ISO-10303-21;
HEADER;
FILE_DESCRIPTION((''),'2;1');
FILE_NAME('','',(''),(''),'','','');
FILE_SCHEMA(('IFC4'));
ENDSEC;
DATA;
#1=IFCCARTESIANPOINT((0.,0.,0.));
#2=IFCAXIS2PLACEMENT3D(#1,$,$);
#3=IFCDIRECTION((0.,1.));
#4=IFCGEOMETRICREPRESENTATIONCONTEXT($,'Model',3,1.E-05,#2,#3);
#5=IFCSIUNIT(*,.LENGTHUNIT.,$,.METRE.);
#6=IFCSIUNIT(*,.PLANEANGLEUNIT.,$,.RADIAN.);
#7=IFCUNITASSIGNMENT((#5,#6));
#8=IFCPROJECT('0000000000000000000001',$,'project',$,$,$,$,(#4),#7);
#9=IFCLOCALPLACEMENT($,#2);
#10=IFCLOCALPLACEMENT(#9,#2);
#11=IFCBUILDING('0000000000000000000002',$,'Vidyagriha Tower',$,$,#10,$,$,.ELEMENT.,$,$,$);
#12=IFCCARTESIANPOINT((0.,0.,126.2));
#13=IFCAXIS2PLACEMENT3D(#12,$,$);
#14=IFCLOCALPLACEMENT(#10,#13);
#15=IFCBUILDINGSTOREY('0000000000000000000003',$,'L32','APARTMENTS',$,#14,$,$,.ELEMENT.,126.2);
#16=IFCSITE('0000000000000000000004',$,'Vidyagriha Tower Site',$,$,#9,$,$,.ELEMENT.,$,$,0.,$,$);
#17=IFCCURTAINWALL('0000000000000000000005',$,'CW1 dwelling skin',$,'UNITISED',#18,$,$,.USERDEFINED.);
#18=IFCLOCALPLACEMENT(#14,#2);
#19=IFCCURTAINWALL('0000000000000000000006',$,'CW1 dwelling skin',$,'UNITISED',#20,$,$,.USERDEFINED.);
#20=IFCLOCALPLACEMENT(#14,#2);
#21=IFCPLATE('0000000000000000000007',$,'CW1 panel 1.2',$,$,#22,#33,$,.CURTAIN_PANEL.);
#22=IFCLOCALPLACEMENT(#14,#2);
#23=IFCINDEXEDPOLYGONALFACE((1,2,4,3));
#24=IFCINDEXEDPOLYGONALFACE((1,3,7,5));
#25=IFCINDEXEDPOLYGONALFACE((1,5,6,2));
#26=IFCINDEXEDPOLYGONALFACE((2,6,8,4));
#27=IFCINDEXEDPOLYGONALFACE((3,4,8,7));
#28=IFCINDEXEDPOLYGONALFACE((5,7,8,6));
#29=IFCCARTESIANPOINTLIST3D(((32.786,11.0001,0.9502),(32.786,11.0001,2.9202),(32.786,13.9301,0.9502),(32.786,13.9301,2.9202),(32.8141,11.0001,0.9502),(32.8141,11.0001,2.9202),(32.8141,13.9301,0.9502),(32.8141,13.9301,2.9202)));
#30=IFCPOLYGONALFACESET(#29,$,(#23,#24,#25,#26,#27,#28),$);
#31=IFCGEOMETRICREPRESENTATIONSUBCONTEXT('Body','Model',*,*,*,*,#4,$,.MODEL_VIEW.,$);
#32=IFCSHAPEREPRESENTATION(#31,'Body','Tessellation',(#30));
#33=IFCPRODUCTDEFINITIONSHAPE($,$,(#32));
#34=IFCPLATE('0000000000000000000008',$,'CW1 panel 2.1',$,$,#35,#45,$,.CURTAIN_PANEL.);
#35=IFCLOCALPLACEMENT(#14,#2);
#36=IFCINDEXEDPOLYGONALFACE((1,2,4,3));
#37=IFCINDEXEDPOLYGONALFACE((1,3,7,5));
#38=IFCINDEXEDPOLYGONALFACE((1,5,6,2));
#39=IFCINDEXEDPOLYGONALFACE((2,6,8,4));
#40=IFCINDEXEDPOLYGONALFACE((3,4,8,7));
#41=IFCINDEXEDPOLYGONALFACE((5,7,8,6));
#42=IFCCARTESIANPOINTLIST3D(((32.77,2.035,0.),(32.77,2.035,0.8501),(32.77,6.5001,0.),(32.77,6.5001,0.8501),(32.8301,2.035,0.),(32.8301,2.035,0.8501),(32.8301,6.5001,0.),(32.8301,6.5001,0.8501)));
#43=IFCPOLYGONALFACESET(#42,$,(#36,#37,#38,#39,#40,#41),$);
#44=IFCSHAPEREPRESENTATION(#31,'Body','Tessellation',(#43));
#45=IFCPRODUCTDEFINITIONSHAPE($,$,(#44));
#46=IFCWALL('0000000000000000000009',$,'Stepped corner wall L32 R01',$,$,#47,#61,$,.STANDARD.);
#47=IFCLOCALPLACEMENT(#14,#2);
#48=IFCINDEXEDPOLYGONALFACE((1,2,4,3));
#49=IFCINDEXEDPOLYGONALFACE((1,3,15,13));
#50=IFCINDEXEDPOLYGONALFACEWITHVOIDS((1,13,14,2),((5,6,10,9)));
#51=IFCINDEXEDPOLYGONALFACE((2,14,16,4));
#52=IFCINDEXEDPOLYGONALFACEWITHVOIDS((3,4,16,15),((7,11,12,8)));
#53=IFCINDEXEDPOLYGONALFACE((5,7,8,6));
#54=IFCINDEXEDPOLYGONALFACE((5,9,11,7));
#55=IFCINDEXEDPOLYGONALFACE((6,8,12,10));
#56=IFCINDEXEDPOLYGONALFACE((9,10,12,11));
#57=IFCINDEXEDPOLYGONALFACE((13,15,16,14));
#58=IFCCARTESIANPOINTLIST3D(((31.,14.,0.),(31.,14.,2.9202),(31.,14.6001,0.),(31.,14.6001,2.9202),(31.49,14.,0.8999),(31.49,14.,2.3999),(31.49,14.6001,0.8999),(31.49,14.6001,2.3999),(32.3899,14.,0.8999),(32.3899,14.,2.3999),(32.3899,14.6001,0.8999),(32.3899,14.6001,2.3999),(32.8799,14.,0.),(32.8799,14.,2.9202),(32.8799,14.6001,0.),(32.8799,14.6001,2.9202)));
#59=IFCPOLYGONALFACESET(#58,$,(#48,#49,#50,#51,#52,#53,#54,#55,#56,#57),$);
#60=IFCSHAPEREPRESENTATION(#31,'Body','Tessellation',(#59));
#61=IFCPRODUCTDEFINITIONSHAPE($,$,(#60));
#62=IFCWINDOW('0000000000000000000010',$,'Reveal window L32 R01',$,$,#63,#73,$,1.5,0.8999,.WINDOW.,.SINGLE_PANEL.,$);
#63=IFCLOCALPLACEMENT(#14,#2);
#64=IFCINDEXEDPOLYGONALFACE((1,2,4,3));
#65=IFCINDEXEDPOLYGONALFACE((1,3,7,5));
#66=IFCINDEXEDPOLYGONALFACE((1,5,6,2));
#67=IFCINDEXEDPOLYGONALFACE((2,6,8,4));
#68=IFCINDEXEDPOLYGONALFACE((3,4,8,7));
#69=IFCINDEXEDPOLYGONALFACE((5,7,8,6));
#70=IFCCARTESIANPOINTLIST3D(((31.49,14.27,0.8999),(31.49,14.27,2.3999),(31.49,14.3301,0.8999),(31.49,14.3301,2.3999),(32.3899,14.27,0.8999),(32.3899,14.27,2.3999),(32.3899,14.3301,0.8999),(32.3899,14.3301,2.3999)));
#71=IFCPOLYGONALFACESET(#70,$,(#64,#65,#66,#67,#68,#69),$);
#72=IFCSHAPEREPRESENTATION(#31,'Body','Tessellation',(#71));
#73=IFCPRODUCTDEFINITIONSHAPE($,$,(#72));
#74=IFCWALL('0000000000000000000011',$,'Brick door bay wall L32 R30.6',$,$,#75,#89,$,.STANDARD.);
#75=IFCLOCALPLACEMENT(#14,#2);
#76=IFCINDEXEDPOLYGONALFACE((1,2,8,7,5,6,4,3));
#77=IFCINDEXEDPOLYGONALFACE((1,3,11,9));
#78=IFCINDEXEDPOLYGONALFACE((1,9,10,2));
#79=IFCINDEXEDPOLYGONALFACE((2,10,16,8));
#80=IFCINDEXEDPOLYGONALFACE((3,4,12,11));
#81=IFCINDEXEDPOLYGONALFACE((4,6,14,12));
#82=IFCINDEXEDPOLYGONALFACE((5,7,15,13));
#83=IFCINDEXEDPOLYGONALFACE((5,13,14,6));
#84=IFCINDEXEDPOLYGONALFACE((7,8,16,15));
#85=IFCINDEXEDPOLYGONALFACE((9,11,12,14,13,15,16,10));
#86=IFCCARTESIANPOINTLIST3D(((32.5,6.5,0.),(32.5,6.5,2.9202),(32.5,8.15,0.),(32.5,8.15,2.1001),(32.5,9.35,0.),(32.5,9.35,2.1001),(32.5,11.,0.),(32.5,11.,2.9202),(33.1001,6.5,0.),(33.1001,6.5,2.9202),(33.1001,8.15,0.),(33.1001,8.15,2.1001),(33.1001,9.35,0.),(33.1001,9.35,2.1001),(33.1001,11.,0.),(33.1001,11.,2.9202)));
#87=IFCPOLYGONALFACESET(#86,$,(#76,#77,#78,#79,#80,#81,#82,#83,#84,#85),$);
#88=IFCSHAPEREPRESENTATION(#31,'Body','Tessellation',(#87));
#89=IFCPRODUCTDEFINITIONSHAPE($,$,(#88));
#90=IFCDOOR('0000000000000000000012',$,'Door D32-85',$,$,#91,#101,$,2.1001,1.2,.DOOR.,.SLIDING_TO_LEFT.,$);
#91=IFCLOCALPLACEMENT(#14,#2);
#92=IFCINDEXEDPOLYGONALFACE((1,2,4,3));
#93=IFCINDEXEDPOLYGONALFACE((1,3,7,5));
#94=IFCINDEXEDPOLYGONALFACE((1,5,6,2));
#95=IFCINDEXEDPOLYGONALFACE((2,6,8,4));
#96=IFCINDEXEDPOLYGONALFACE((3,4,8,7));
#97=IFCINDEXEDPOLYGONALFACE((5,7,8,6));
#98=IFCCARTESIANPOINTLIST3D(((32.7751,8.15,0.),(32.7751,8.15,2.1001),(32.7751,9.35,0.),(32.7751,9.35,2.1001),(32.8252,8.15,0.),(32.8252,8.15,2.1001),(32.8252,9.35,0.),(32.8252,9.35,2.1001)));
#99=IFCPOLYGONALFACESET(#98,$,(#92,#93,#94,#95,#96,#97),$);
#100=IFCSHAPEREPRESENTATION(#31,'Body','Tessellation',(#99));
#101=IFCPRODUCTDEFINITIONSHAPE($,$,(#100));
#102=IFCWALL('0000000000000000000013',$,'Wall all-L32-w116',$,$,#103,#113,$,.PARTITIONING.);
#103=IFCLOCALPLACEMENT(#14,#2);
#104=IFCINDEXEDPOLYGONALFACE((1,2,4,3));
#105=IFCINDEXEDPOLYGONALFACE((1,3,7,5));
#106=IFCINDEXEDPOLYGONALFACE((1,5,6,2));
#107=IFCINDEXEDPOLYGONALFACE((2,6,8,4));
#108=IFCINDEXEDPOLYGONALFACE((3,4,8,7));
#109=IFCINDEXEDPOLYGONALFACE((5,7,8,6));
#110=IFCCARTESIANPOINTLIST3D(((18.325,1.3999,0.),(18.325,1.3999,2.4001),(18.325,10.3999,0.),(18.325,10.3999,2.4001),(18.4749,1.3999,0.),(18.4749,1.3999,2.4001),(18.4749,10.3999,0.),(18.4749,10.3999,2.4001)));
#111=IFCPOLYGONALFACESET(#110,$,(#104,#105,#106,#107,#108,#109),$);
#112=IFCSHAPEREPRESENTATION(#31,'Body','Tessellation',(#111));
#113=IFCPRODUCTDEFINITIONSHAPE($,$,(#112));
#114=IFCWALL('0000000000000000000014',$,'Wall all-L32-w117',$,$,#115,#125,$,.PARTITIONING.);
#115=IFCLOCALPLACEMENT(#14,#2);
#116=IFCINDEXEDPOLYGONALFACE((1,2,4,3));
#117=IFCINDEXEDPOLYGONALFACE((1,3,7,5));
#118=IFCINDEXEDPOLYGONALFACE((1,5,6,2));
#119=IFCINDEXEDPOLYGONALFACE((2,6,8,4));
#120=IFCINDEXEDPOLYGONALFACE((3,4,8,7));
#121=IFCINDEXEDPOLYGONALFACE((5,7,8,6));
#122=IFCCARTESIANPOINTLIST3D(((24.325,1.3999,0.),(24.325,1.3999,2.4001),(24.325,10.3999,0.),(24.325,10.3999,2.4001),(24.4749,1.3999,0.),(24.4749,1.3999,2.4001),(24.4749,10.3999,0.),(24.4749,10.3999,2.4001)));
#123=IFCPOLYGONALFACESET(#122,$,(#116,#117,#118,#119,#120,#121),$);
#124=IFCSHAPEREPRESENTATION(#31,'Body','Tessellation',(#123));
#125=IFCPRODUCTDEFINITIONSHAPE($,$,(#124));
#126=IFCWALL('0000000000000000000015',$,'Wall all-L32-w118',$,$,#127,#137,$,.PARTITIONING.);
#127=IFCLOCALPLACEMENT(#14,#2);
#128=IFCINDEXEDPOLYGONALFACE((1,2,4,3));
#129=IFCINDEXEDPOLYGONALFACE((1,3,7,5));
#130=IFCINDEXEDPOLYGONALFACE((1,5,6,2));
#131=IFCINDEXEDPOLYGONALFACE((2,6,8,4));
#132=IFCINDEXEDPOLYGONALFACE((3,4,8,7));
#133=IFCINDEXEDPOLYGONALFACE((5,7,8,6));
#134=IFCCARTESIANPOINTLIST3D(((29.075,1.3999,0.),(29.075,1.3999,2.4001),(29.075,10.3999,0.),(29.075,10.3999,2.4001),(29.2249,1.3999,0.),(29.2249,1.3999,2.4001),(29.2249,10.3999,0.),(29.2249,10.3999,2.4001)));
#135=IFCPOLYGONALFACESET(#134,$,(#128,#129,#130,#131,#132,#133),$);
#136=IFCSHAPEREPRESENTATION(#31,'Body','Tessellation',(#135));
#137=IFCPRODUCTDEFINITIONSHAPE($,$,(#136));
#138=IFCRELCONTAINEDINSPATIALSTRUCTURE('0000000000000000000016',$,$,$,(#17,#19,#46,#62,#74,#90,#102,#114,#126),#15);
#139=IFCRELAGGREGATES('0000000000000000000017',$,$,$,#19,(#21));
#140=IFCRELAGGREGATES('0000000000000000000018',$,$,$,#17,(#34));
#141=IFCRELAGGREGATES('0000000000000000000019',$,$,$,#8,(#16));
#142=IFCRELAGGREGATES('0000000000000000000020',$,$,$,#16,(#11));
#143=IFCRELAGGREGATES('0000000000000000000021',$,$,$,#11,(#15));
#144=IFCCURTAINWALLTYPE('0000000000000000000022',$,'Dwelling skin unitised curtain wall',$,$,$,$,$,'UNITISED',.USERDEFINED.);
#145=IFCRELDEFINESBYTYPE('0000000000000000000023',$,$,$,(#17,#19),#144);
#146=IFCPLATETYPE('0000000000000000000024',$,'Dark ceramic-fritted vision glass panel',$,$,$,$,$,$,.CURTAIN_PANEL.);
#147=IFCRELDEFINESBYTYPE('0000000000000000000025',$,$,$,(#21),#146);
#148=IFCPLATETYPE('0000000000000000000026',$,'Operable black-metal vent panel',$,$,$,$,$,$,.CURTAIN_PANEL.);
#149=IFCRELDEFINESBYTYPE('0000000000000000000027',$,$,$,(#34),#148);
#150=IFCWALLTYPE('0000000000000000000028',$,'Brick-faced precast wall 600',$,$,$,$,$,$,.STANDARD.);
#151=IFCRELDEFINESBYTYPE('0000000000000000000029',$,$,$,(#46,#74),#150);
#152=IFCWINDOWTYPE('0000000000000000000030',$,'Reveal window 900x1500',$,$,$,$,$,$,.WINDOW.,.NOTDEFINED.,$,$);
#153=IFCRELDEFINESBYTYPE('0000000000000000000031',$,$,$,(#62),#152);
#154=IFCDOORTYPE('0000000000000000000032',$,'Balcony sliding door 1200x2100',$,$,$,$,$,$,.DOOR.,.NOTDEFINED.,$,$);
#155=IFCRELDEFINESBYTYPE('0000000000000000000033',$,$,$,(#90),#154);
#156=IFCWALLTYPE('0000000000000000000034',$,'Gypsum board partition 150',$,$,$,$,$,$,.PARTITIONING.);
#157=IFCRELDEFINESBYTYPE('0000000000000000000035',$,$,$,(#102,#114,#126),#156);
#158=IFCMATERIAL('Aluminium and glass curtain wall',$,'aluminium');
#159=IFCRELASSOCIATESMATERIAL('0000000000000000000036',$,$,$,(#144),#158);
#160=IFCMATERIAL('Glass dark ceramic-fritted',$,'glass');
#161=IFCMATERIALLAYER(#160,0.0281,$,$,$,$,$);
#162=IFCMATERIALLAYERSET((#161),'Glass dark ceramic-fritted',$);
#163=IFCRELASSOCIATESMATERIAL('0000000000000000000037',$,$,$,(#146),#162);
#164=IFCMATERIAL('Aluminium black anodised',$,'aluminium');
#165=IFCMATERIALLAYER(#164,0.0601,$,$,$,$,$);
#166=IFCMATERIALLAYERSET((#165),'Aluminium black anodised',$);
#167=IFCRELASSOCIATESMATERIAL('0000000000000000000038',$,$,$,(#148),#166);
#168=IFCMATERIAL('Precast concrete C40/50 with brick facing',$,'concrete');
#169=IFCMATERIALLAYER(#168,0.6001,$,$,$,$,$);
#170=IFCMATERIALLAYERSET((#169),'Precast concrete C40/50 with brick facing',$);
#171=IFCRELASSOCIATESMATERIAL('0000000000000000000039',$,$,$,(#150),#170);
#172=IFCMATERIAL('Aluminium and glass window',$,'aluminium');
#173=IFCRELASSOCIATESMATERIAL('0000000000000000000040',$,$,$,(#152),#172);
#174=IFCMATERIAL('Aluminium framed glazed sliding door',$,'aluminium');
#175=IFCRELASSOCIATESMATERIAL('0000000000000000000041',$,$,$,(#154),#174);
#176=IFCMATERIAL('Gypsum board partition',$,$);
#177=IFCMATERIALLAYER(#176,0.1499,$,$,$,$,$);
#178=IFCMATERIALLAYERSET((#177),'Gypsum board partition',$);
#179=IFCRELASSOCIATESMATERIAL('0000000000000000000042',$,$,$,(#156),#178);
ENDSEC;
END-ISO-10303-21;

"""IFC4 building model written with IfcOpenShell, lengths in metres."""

from ifc_helpers import new_model, si_unit, direction, frame, frame_2d, origin, origin_2d, place, context, subcontext, project, spatial, rectangle, extrude, material, layer, layer_set, type_object, element, fill, aggregate, save


model = new_model("IFC4")

# Units and contexts
model_context = context("Model", 3, precision=1e-05, world=origin(), true_north=direction((0.0, 1.0)))
body_context = subcontext(model_context, "Body", "Model", "MODEL_VIEW")
ifc_project = project(units=[si_unit("LENGTHUNIT", "METRE"), si_unit("PLANEANGLEUNIT", "RADIAN")], contexts=[model_context])

# Site, building, storey
site_placement = place(None, origin())
site = spatial("IfcSite", under=ifc_project, at=site_placement, Name="Vidyagriha Tower Site", CompositionType="ELEMENT", RefElevation=0.0)
building_placement = place(site_placement, origin())
building = spatial("IfcBuilding", under=site, at=building_placement, Name="Vidyagriha Tower", CompositionType="ELEMENT")
storey_placement = place(building_placement, frame((0.0, 0.0, 126.2)))
storey = spatial("IfcBuildingStorey", under=building, at=storey_placement, Name="L32", Description="APARTMENTS", CompositionType="ELEMENT", Elevation=126.2)

# Curtain walls
ifc_material_1 = material(Name="Aluminium and glass curtain wall", Category="aluminium")
curtain_wall_type = type_object("IfcCurtainWallType", Name="Dwelling skin unitised curtain wall", ElementType="UNITISED", PredefinedType="USERDEFINED", material=ifc_material_1)
curtain_wall_1_placement = place(storey_placement, origin())
curtain_wall_1 = element("IfcCurtainWall", 1, at=curtain_wall_1_placement, inside=storey, type_object=curtain_wall_type, Name="CW1 dwelling skin", ObjectType="UNITISED", PredefinedType="USERDEFINED")
curtain_wall_2_placement = place(storey_placement, origin())
curtain_wall_2 = element("IfcCurtainWall", 2, at=curtain_wall_2_placement, inside=storey, type_object=curtain_wall_type, Name="CW1 dwelling skin", ObjectType="UNITISED", PredefinedType="USERDEFINED")

# Plates
ifc_material_2 = material(Name="Glass dark ceramic-fritted", Category="glass")
ifc_layer_1 = layer(ifc_material_2, 0.0281)
ifc_layer_set_1 = layer_set([ifc_layer_1], Name="Glass dark ceramic-fritted")
plate_type_1 = type_object("IfcPlateType", Name="Dark ceramic-fritted vision glass panel", PredefinedType="CURTAIN_PANEL", material=ifc_layer_set_1)
plate_1_placement = place(storey_placement, frame((32.8, 12.4651, 0.9502), z_axis=(0.0, 0.0, 1.0), x_axis=(0.0, 1.0, 0.0)))
plate_1 = element("IfcPlate", 3, at=plate_1_placement, type_object=plate_type_1, Name="CW1 panel 1.2", PredefinedType="CURTAIN_PANEL", context=body_context, shape_type="SweptSolid", body=[
    extrude(rectangle(XDim=2.9299, YDim=0.0281, at=origin_2d()), origin(), (0.0, 0.0, 1.0), 1.97),
])
aggregate(curtain_wall_2, [plate_1])
ifc_material_3 = material(Name="Aluminium black anodised", Category="aluminium")
ifc_layer_2 = layer(ifc_material_3, 0.0601)
ifc_layer_set_2 = layer_set([ifc_layer_2], Name="Aluminium black anodised")
plate_type_2 = type_object("IfcPlateType", Name="Operable black-metal vent panel", PredefinedType="CURTAIN_PANEL", material=ifc_layer_set_2)
plate_2_placement = place(storey_placement, frame((32.8, 4.2676, 0.0), z_axis=(0.0, 0.0, 1.0), x_axis=(0.0, 1.0, 0.0)))
plate_2 = element("IfcPlate", 4, at=plate_2_placement, type_object=plate_type_2, Name="CW1 panel 2.1", PredefinedType="CURTAIN_PANEL", context=body_context, shape_type="SweptSolid", body=[
    extrude(rectangle(XDim=4.4651, YDim=0.0601, at=origin_2d()), origin(), (0.0, 0.0, 1.0), 0.8501),
])
aggregate(curtain_wall_1, [plate_2])

# Wall, opening, window
ifc_material_4 = material(Name="Precast concrete C40/50 with brick facing", Category="concrete")
ifc_layer_3 = layer(ifc_material_4, 0.6001)
ifc_layer_set_3 = layer_set([ifc_layer_3], Name="Precast concrete C40/50 with brick facing")
wall_type_1 = type_object("IfcWallType", Name="Brick-faced precast wall 600", PredefinedType="STANDARD", material=ifc_layer_set_3)
wall_1_placement = place(storey_placement, frame((32.8799, 14.3, 0.0), z_axis=(0.0, 0.0, 1.0), x_axis=(-1.0, 0.0, 0.0)))
wall_1 = element("IfcWall", 5, at=wall_1_placement, inside=storey, type_object=wall_type_1, Name="Stepped corner wall L32 R01", PredefinedType="STANDARD", context=body_context, shape_type="SweptSolid", body=[
    extrude(rectangle(XDim=1.8799, YDim=0.6001, at=frame_2d((0.9399, 0.0))), origin(), (0.0, 0.0, 1.0), 2.9202),
])
opening_1_placement = place(wall_1_placement, frame((0.49, 0.0, 0.8999)))
opening_1 = element("IfcOpeningElement", 6, at=opening_1_placement, cuts=wall_1, PredefinedType="OPENING", context=body_context, shape_type="SweptSolid", body=[
    extrude(rectangle(XDim=0.8999, YDim=1.5, at=frame_2d((0.45, 0.75))), frame((0.0, 0.3101, 0.0), z_axis=(0.0, -1.0, 0.0), x_axis=(1.0, 0.0, 0.0)), (0.0, 0.0, 1.0), 0.6201),
])
ifc_material_5 = material(Name="Aluminium and glass window", Category="aluminium")
window_type = type_object("IfcWindowType", Name="Reveal window 900x1500", PartitioningType="NOTDEFINED", PredefinedType="WINDOW", material=ifc_material_5)
window_placement = place(opening_1_placement, origin())
window = element("IfcWindow", 7, at=window_placement, inside=storey, type_object=window_type, Name="Reveal window L32 R01", OverallHeight=1.5, OverallWidth=0.8999, PartitioningType="SINGLE_PANEL", PredefinedType="WINDOW", context=body_context, shape_type="SweptSolid", body=[
    extrude(rectangle(XDim=0.8999, YDim=1.5, at=frame_2d((0.45, 0.75))), frame((0.0, 0.03, 0.0), z_axis=(0.0, -1.0, 0.0), x_axis=(1.0, 0.0, 0.0)), (0.0, 0.0, 1.0), 0.0601),
])
fill(opening_1, window)

# Wall, opening, door
wall_2_placement = place(storey_placement, frame((32.8, 6.5, 0.0), z_axis=(0.0, 0.0, 1.0), x_axis=(0.0, 1.0, 0.0)))
wall_2 = element("IfcWall", 8, at=wall_2_placement, inside=storey, type_object=wall_type_1, Name="Brick door bay wall L32 R30.6", PredefinedType="STANDARD", context=body_context, shape_type="SweptSolid", body=[
    extrude(rectangle(XDim=4.5, YDim=0.6001, at=frame_2d((2.25, 0.0))), origin(), (0.0, 0.0, 1.0), 2.9202),
])
opening_2_placement = place(wall_2_placement, frame((1.6499, 0.0, 0.0)))
opening_2 = element("IfcOpeningElement", 9, at=opening_2_placement, cuts=wall_2, PredefinedType="OPENING", context=body_context, shape_type="SweptSolid", body=[
    extrude(rectangle(XDim=1.2, YDim=2.1001, at=frame_2d((0.6001, 1.05))), frame((0.0, 0.3101, 0.0), z_axis=(0.0, -1.0, 0.0), x_axis=(1.0, 0.0, 0.0)), (0.0, 0.0, 1.0), 0.6201),
])
ifc_material_6 = material(Name="Aluminium framed glazed sliding door", Category="aluminium")
door_type_1 = type_object("IfcDoorType", Name="Balcony sliding door 1200x2100", OperationType="NOTDEFINED", PredefinedType="DOOR", material=ifc_material_6)
door_1_placement = place(opening_2_placement, origin())
door_1 = element("IfcDoor", 10, at=door_1_placement, inside=storey, type_object=door_type_1, Name="Door D32-85", OperationType="SLIDING_TO_LEFT", OverallHeight=2.1001, OverallWidth=1.2, PredefinedType="DOOR", context=body_context, shape_type="SweptSolid", body=[
    extrude(rectangle(XDim=1.2, YDim=2.1001, at=frame_2d((0.6001, 1.05))), frame((0.0, 0.0249, 0.0), z_axis=(0.0, -1.0, 0.0), x_axis=(1.0, 0.0, 0.0)), (0.0, 0.0, 1.0), 0.05),
])
fill(opening_2, door_1)

# Walls
ifc_material_7 = material(Name="Gypsum board partition")
ifc_layer_4 = layer(ifc_material_7, 0.1499)
ifc_layer_set_4 = layer_set([ifc_layer_4], Name="Gypsum board partition")
wall_type_2 = type_object("IfcWallType", Name="Gypsum board partition 150", PredefinedType="PARTITIONING", material=ifc_layer_set_4)
for number, where, z_axis, x_axis, name in (
    (11, (18.3999, 10.3999, 0.0), (0.0, 0.0, 1.0), (0.0, -1.0, 0.0), "Wall all-L32-w116"),
    (12, (24.3999, 10.3999, 0.0), (0.0, 0.0, 1.0), (0.0, -1.0, 0.0), "Wall all-L32-w117"),
    (13, (29.1499, 10.3999, 0.0), (0.0, 0.0, 1.0), (0.0, -1.0, 0.0), "Wall all-L32-w118"),
):
    element("IfcWall", number, at=place(storey_placement, frame(where, z_axis=z_axis, x_axis=x_axis)), inside=storey, type_object=wall_type_2, Name=name, PredefinedType="PARTITIONING", context=body_context, shape_type="SweptSolid", body=[
        extrude(rectangle(XDim=9.0, YDim=0.1499, at=frame_2d((4.5, 0.0))), origin(), (0.0, 0.0, 1.0), 2.4001),
    ])

save(model, "model.ifc")
